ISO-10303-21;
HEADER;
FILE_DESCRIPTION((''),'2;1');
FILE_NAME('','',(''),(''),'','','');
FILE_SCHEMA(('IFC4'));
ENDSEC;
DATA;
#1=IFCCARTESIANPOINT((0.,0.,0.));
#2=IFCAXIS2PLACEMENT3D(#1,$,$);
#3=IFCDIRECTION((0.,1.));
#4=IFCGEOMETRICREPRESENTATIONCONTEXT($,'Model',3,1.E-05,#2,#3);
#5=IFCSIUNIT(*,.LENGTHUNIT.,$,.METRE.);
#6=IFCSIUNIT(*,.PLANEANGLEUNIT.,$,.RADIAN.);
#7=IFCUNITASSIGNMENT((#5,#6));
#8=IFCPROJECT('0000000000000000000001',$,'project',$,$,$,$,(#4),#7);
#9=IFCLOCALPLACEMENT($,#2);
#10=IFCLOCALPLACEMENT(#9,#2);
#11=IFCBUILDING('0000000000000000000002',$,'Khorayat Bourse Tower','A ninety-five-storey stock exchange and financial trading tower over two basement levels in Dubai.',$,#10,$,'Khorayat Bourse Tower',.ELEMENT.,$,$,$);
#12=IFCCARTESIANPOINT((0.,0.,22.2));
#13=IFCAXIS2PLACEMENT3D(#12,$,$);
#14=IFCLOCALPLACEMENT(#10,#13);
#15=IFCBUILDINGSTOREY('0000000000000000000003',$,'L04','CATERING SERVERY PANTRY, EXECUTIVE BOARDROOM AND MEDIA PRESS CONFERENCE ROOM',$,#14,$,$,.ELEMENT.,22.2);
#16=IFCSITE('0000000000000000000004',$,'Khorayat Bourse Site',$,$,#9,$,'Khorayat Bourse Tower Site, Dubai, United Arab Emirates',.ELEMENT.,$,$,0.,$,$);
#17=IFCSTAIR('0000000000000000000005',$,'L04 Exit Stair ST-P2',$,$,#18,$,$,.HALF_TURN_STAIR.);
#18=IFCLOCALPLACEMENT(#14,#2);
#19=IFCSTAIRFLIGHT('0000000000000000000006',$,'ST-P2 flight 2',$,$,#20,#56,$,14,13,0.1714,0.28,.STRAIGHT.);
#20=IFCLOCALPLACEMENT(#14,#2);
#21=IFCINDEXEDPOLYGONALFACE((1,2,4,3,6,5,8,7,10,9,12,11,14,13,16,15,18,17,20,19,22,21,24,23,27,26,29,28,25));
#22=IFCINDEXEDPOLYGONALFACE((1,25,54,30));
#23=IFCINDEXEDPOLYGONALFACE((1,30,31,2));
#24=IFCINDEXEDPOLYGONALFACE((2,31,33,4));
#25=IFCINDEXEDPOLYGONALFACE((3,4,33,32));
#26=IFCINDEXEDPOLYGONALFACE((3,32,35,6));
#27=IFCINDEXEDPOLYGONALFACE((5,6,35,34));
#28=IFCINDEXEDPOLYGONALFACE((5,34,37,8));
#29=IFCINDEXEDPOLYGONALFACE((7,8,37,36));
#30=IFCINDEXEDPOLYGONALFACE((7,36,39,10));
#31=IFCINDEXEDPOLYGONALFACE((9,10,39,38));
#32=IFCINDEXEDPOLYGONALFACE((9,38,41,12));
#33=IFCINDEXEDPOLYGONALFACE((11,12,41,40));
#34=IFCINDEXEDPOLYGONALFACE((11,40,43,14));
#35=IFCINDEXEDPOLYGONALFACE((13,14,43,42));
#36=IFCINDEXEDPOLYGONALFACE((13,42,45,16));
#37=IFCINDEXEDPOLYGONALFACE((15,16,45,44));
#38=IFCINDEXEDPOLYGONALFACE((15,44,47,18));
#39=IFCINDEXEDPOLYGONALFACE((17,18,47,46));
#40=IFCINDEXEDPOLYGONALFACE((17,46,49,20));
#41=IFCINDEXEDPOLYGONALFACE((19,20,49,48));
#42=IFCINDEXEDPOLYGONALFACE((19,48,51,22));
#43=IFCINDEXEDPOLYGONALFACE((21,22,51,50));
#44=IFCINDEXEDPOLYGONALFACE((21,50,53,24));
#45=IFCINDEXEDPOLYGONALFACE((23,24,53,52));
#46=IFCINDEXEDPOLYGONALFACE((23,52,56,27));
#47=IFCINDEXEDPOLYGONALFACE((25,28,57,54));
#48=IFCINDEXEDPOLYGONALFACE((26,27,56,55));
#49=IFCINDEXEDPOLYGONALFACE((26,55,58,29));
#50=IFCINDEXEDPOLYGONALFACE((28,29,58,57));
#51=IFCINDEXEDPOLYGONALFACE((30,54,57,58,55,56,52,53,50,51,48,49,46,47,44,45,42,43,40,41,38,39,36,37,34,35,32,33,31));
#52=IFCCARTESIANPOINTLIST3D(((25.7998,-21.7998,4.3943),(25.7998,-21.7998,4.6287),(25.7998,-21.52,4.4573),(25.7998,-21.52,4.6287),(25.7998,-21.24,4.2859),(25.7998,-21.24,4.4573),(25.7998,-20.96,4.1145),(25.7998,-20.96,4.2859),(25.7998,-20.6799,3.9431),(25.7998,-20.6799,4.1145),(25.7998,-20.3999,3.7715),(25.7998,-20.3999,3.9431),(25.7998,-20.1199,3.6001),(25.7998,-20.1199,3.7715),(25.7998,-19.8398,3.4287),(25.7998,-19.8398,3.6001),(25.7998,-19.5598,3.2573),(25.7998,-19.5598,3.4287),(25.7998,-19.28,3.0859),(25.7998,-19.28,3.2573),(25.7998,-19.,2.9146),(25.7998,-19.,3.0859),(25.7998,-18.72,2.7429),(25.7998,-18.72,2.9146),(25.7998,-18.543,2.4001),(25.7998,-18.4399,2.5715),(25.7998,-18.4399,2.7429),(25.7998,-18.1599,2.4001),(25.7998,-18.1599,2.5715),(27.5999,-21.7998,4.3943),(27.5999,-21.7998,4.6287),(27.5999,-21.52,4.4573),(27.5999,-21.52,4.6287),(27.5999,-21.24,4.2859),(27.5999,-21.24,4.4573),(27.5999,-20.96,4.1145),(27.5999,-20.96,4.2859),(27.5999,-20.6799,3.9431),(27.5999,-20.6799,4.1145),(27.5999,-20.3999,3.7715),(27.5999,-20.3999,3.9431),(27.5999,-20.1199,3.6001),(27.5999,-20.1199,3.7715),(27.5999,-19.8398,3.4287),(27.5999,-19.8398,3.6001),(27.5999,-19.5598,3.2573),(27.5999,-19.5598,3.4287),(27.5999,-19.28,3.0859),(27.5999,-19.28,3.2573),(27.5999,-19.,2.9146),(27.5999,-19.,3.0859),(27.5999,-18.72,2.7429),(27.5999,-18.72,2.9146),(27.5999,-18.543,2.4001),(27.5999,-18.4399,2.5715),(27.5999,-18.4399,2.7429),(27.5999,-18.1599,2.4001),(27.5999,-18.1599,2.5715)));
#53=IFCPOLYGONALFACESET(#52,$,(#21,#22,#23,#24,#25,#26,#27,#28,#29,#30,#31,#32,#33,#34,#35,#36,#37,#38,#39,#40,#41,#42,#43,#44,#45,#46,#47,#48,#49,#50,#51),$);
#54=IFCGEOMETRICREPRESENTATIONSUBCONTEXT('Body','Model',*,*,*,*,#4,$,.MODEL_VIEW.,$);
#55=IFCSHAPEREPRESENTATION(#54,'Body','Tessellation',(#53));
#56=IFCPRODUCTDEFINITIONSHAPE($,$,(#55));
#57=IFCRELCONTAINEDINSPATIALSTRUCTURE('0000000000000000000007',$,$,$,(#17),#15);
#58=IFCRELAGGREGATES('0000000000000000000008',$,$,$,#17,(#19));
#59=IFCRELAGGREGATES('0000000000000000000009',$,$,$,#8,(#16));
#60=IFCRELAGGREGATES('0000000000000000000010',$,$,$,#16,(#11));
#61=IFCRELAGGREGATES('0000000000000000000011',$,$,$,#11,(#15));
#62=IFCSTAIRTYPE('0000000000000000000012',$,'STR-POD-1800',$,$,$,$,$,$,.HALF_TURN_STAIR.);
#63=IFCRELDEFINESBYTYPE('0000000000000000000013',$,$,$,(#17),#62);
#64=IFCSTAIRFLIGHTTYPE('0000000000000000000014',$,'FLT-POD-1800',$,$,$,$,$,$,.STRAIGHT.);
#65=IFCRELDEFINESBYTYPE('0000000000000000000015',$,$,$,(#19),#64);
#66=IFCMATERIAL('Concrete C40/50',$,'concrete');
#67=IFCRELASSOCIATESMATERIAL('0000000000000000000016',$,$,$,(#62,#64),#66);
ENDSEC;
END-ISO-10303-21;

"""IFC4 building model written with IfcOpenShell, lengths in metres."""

from ifc_helpers import new_model, si_unit, direction, frame, origin, place, context, subcontext, project, spatial, polyline, outline, extrude, source, transform, mapped, material, type_object, element, aggregate, save


model = new_model("IFC4")

# Units and contexts
model_context = context("Model", 3, precision=1e-05, world=origin(), true_north=direction((0.0, 1.0)))
body_context = subcontext(model_context, "Body", "Model", "MODEL_VIEW")
ifc_project = project(units=[si_unit("LENGTHUNIT", "METRE"), si_unit("PLANEANGLEUNIT", "RADIAN")], contexts=[model_context])

# Site, building, storey
site_placement = place(None, origin())
site = spatial("IfcSite", under=ifc_project, at=site_placement, Name="Khorayat Bourse Site", LongName="Khorayat Bourse Tower Site, Dubai, United Arab Emirates", CompositionType="ELEMENT", RefElevation=0.0)
building_placement = place(site_placement, origin())
building = spatial("IfcBuilding", under=site, at=building_placement, Name="Khorayat Bourse Tower", Description="A ninety-five-storey stock exchange and financial trading tower over two basement levels in Dubai.", LongName="Khorayat Bourse Tower", CompositionType="ELEMENT")
storey_placement = place(building_placement, frame((0.0, 0.0, 22.2)))
storey = spatial("IfcBuildingStorey", under=building, at=storey_placement, Name="L04", Description="CATERING SERVERY PANTRY, EXECUTIVE BOARDROOM AND MEDIA PRESS CONFERENCE ROOM", CompositionType="ELEMENT", Elevation=22.2)

# Stair, stair flight
ifc_material_1 = material(Name="Concrete C40/50", Category="concrete")
stair_type = type_object("IfcStairType", Name="STR-POD-1800", PredefinedType="HALF_TURN_STAIR", material=ifc_material_1)
stair_placement = place(storey_placement, origin())
stair = element("IfcStair", 1, at=stair_placement, inside=storey, type_object=stair_type, Name="L04 Exit Stair ST-P2", PredefinedType="HALF_TURN_STAIR")
stair_flight_type = type_object("IfcStairFlightType", Name="FLT-POD-1800", PredefinedType="STRAIGHT", material=ifc_material_1)
shared_shape_1 = source(origin(), body_context, "Body", "SweptSolid", [
    extrude(outline(polyline([(0.0, 0.0), (0.0, 0.1714), (0.28, 0.1714), (0.28, 0.3428), (0.5601, 0.3428), (0.5601, 0.5144), (0.8401, 0.5144), (0.8401, 0.6858), (1.1201, 0.6858), (1.1201, 0.8572), (1.3999, 0.8572), (1.3999, 1.0286), (1.6799, 1.0286), (1.6799, 1.2), (1.96, 1.2), (1.96, 1.3713), (2.24, 1.3713), (2.24, 1.543), (2.52, 1.543), (2.52, 1.7144), (2.8, 1.7144), (2.8, 1.8857), (3.0801, 1.8857), (3.0801, 2.0571), (3.3601, 2.0571), (3.3601, 2.2285), (3.6399, 2.2285), (3.6399, 2.3999), (3.6399, 1.9941), (0.3831, 0.0), (0.0, 0.0)])), frame((0.0, 0.8999, 0.0), z_axis=(0.0, -1.0, 0.0), x_axis=(1.0, 0.0, 0.0)), (0.0, 0.0, 1.0), 1.8),
])
stair_flight_placement = place(storey_placement, frame((26.7, -18.1599, 2.4001), z_axis=(0.0, 0.0, 1.0), x_axis=(0.0, -1.0, 0.0)))
stair_flight = element("IfcStairFlight", 2, at=stair_flight_placement, type_object=stair_flight_type, Name="ST-P2 flight 2", NumberOfRisers=14, NumberOfTreads=13, PredefinedType="STRAIGHT", RiserHeight=0.1714, TreadLength=0.28, context=body_context, shape_type="MappedRepresentation", body=[
    mapped(shared_shape_1, transform((0.0, 0.0, 0.0), scale=1.0)),
])
aggregate(stair, [stair_flight])

save(model, "model.ifc")
